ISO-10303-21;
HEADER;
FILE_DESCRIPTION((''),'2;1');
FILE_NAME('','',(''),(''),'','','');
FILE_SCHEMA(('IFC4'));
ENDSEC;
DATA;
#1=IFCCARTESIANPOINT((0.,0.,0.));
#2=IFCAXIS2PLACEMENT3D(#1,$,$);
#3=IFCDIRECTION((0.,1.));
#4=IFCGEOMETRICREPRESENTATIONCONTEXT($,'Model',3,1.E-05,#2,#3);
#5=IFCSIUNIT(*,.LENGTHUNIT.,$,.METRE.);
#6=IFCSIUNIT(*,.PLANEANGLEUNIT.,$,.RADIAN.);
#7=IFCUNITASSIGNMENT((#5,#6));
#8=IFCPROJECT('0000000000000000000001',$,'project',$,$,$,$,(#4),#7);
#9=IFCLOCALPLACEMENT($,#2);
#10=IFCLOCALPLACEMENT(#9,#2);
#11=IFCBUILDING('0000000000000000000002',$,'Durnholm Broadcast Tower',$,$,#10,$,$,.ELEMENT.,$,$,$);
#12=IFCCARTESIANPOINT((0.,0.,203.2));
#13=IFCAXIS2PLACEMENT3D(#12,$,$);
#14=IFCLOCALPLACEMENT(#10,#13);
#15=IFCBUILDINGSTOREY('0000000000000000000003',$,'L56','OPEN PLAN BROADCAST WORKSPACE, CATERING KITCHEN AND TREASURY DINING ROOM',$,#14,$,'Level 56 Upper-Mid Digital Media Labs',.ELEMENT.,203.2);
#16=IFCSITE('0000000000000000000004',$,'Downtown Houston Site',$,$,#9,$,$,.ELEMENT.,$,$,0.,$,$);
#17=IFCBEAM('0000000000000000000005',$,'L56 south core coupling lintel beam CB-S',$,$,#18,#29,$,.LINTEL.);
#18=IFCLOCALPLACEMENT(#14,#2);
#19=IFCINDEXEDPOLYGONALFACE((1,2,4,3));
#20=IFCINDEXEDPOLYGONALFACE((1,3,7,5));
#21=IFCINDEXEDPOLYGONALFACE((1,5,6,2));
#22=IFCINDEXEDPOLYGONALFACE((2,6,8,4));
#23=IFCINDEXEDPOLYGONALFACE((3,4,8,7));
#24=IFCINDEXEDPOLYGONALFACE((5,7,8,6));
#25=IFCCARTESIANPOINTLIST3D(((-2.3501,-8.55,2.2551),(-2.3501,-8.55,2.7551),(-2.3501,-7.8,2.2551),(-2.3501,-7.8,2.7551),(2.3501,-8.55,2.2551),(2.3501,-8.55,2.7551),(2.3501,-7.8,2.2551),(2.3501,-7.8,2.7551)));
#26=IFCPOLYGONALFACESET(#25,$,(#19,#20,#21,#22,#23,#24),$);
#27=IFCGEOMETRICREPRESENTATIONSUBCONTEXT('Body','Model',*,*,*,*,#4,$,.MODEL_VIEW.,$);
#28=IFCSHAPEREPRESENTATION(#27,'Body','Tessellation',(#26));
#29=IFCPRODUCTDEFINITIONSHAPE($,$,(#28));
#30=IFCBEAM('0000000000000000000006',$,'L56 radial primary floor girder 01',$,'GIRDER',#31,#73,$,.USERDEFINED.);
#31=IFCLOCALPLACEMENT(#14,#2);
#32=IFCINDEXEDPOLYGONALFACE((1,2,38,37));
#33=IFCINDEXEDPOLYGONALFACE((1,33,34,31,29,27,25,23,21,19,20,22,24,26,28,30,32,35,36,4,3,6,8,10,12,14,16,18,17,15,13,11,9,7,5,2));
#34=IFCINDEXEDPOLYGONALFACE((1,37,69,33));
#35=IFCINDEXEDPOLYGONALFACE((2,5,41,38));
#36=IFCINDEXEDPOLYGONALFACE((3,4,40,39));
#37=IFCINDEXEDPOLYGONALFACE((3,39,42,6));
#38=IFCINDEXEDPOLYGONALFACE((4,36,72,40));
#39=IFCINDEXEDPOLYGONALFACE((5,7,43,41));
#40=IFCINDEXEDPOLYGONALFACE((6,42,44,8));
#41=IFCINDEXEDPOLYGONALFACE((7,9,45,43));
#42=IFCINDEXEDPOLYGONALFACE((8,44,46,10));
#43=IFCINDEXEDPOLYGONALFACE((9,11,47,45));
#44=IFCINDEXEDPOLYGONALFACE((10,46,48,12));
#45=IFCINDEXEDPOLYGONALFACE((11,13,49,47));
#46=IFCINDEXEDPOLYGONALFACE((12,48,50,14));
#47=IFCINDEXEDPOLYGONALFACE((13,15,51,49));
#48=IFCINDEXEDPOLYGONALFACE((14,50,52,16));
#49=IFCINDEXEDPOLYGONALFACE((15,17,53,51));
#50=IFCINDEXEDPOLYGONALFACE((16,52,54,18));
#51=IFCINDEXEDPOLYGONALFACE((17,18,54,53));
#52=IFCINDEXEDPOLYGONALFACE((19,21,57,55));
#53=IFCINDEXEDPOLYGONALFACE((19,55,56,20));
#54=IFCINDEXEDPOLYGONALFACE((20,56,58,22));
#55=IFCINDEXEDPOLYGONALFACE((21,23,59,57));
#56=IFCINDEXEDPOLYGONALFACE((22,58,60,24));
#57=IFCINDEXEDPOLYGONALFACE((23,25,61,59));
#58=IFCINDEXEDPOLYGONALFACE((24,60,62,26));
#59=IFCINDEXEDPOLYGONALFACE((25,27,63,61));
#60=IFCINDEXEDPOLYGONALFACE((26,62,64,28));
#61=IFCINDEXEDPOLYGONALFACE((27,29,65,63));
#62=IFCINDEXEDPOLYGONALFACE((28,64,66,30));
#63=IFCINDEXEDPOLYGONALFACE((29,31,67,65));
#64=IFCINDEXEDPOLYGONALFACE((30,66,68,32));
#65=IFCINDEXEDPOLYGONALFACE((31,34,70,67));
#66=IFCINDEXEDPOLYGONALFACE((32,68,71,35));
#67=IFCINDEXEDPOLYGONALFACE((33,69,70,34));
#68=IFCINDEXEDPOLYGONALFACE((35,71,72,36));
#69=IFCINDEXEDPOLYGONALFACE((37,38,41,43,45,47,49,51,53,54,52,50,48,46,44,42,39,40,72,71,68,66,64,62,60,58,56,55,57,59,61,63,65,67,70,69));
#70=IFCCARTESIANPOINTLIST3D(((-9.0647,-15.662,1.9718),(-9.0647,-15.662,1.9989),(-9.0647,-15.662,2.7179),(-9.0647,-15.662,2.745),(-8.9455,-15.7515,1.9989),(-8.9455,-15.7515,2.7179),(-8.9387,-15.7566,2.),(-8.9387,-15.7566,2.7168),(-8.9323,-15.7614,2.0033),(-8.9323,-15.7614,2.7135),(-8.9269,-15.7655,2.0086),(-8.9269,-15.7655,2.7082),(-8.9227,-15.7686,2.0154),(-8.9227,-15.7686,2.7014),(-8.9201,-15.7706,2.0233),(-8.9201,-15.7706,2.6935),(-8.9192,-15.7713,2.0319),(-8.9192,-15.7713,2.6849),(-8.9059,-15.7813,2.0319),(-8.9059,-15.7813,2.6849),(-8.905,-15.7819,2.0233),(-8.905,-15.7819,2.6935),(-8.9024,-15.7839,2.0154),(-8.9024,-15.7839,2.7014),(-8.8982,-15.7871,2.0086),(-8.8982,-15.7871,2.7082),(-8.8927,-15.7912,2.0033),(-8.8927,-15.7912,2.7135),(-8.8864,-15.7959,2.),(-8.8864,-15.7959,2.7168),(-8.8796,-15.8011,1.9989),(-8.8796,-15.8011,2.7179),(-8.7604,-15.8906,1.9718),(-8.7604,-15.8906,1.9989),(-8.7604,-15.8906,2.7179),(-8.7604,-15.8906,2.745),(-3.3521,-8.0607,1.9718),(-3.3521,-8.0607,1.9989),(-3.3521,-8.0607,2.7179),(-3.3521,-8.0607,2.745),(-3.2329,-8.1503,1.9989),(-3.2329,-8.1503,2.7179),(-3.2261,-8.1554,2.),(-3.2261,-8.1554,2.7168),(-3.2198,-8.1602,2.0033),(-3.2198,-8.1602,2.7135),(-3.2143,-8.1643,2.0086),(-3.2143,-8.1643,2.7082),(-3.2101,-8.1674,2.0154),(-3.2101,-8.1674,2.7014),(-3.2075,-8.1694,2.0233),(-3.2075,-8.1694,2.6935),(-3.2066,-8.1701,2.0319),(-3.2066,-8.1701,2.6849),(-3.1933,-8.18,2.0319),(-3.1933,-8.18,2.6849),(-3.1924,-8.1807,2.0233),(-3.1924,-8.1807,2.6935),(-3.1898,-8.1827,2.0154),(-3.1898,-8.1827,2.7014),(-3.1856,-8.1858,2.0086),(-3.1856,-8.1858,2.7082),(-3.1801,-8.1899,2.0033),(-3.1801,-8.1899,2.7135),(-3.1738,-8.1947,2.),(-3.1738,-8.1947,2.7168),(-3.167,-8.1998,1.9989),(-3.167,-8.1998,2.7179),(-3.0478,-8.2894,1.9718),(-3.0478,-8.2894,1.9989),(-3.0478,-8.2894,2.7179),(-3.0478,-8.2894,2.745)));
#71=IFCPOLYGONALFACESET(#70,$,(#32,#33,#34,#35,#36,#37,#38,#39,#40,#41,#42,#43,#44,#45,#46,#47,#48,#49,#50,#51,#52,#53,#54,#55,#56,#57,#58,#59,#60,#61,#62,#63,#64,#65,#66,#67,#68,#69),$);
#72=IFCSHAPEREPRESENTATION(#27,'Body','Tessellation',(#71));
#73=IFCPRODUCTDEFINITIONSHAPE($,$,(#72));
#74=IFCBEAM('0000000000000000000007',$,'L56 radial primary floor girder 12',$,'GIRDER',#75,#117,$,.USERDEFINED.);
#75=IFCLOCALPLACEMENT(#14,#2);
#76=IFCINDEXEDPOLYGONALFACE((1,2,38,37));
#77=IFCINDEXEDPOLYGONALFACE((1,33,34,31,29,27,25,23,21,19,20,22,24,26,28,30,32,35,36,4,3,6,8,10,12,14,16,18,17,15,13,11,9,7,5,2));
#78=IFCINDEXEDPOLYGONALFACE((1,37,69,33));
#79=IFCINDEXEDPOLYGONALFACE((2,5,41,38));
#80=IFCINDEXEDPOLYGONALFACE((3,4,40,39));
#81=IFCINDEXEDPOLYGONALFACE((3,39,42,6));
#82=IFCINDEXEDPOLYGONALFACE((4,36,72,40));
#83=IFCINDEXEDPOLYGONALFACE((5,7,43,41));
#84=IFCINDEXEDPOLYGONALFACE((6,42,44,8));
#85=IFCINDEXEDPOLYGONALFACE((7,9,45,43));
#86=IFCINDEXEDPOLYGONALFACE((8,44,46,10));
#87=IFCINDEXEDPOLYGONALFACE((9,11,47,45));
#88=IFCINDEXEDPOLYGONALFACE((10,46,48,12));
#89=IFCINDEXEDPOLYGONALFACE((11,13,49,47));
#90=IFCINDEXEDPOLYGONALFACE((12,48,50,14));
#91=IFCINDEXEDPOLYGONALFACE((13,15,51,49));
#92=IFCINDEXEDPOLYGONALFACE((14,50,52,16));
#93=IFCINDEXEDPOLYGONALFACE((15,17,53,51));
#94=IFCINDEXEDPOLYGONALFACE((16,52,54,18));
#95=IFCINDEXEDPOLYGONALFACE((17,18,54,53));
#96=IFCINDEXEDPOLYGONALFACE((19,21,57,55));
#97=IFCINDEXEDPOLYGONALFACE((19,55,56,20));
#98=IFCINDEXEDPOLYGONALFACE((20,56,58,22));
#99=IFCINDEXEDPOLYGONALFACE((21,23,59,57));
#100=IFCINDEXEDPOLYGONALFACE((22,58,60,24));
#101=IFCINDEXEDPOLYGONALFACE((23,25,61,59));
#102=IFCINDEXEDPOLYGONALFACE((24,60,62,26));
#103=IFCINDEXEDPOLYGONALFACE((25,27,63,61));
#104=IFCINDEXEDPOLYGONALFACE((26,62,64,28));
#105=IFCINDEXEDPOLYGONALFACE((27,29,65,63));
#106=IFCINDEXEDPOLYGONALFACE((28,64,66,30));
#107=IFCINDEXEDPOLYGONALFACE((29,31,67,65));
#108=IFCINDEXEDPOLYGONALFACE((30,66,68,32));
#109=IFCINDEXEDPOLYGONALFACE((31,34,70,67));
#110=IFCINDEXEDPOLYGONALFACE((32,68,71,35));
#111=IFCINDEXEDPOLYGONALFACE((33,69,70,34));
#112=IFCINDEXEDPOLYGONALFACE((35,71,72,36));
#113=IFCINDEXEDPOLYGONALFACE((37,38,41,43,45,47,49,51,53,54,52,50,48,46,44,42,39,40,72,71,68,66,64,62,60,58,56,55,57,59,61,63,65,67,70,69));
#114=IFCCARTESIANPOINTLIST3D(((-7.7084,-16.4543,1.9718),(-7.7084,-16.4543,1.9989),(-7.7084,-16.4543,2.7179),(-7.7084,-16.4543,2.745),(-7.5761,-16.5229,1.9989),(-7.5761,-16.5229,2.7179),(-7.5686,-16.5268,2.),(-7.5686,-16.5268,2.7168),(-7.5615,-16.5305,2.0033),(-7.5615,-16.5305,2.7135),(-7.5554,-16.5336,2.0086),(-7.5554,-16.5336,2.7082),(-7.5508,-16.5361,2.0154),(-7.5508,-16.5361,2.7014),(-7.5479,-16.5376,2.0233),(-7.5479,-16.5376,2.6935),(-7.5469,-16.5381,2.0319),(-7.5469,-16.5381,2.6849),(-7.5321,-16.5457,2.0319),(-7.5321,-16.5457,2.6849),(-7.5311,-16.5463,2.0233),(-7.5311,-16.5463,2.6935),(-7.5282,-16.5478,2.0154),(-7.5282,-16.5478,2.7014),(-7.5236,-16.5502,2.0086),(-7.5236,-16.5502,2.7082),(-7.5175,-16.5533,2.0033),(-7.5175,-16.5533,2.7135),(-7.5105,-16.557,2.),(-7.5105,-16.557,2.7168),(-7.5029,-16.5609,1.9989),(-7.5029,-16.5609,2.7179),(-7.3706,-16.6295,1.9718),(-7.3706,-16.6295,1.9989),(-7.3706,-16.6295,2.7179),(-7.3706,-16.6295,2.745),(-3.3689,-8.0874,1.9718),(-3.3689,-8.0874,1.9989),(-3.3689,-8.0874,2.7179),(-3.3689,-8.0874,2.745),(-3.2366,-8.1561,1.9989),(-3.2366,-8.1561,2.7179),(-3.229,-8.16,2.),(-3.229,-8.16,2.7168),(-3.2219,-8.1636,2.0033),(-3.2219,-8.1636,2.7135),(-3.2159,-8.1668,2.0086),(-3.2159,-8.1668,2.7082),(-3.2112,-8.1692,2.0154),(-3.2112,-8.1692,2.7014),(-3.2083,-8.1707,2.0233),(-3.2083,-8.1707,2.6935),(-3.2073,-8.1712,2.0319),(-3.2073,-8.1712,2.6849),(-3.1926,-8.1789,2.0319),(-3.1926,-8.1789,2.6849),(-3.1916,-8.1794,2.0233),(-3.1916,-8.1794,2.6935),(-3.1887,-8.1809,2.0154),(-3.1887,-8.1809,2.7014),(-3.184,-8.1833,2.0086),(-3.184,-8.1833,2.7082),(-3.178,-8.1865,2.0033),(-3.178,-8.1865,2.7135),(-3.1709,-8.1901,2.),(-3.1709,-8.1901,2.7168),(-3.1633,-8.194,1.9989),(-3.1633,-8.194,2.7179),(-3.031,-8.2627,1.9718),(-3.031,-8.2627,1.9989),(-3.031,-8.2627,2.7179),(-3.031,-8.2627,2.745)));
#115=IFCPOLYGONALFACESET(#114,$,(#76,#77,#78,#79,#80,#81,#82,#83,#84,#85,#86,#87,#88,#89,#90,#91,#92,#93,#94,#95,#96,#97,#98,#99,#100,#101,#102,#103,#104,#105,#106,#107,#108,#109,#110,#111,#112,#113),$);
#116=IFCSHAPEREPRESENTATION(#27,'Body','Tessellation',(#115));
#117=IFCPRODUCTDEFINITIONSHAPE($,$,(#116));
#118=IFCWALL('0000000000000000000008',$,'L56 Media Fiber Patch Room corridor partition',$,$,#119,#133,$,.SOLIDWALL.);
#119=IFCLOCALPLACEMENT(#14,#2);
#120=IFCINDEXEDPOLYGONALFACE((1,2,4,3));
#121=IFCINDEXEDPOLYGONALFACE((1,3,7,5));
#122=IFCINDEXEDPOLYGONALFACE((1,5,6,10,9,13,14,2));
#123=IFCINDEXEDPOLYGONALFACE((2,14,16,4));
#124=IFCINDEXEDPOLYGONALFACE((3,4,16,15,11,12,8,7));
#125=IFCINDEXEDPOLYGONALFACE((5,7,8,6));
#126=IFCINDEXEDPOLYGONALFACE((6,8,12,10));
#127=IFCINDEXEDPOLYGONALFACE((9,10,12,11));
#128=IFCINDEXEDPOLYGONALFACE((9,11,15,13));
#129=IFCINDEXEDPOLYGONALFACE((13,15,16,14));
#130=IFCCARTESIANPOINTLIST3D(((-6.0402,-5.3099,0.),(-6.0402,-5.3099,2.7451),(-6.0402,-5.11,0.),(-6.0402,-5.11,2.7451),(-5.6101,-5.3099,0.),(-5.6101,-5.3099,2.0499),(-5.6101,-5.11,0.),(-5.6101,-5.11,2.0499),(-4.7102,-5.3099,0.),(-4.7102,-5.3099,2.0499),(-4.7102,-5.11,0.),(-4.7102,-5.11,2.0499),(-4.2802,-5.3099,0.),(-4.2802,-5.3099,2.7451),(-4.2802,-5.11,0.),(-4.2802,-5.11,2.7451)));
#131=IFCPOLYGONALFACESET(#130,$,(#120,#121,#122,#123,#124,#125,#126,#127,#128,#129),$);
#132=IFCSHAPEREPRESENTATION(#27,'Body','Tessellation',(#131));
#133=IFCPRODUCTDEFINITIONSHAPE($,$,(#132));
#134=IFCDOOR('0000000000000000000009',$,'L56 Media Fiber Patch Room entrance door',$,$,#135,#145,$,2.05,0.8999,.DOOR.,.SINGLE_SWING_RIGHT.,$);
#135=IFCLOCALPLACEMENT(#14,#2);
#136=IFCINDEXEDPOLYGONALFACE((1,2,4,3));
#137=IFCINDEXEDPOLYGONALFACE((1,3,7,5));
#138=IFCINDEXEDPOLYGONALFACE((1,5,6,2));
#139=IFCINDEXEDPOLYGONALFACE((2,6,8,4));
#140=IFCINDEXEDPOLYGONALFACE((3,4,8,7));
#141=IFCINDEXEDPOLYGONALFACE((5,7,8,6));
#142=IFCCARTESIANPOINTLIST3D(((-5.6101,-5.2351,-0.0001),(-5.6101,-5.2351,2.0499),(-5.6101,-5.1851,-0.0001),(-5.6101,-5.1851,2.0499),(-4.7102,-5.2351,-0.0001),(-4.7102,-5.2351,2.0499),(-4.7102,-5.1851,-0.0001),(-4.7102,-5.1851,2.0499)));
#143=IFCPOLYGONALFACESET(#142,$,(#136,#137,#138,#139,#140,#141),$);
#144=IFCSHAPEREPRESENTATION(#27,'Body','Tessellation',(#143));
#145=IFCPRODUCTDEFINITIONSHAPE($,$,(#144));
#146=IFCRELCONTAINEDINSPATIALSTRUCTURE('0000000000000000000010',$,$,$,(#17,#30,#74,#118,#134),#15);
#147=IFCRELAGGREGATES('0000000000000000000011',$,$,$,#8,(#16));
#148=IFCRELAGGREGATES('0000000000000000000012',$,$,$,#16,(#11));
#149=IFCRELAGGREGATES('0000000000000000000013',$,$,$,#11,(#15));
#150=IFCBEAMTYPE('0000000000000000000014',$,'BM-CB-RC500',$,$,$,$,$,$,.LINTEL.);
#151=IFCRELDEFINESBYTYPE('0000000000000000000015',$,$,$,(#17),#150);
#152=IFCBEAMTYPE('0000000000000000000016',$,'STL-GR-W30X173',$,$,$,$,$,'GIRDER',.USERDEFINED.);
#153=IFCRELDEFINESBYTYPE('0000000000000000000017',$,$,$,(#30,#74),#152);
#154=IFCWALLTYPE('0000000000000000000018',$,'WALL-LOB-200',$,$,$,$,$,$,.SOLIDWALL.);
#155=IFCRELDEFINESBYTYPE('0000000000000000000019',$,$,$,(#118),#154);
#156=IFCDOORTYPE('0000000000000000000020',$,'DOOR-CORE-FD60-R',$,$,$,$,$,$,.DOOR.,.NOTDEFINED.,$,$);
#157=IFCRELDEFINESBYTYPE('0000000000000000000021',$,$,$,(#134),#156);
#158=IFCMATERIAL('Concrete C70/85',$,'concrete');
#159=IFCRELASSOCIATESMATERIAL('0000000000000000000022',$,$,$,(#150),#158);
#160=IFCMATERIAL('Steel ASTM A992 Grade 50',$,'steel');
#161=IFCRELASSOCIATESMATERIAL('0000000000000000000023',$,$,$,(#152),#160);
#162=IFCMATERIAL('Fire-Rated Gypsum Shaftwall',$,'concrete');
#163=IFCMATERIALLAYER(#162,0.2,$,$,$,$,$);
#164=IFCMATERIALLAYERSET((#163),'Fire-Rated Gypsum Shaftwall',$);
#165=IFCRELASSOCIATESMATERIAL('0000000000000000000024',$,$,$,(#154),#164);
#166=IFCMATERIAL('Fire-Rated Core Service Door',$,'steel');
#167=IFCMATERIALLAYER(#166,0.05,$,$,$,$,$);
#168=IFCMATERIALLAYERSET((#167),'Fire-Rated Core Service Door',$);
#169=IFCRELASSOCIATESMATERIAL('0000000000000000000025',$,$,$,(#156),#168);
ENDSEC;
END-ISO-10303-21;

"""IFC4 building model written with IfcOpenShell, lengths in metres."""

from ifc_helpers import new_model, si_unit, direction, frame, frame_2d, origin, origin_2d, place, context, subcontext, project, spatial, rectangle, i_section, extrude, source, transform, mapped, material, layer, layer_set, material_profile, profile_set, type_object, type_shapes, element, fill, save


model = new_model("IFC4")

# Units and contexts
model_context = context("Model", 3, precision=1e-05, world=origin(), true_north=direction((0.0, 1.0)))
body_context = subcontext(model_context, "Body", "Model", "MODEL_VIEW")
ifc_project = project(units=[si_unit("LENGTHUNIT", "METRE"), si_unit("PLANEANGLEUNIT", "RADIAN")], contexts=[model_context])

# Site, building, storey
site_placement = place(None, origin())
site = spatial("IfcSite", under=ifc_project, at=site_placement, Name="Downtown Houston Site", CompositionType="ELEMENT", RefElevation=0.0)
building_placement = place(site_placement, origin())
building = spatial("IfcBuilding", under=site, at=building_placement, Name="Durnholm Broadcast Tower", CompositionType="ELEMENT")
storey_placement = place(building_placement, frame((0.0, 0.0, 203.2)))
storey = spatial("IfcBuildingStorey", under=building, at=storey_placement, Name="L56", Description="OPEN PLAN BROADCAST WORKSPACE, CATERING KITCHEN AND TREASURY DINING ROOM", LongName="Level 56 Upper-Mid Digital Media Labs", CompositionType="ELEMENT", Elevation=203.2)

# Beams
ifc_material_1 = material(Name="Concrete C70/85", Category="concrete")
ifc_material_profile_1 = material_profile(ifc_material_1, rectangle(XDim=0.75, YDim=0.5, at=origin_2d()), Name="RC750X500")
ifc_profile_set_1 = profile_set([ifc_material_profile_1], Name="Concrete C70/85")
beam_type_1 = type_object("IfcBeamType", Name="BM-CB-RC500", PredefinedType="LINTEL", material=ifc_profile_set_1)
shared_shape_1 = source(origin(), body_context, "Body", "SweptSolid", [
    extrude(rectangle(XDim=0.75, YDim=0.5, at=origin_2d()), origin(), (0.0, 0.0, 1.0), 4.7002),
])
type_shapes(beam_type_1, [shared_shape_1])
beam_1_placement = place(storey_placement, frame((-2.3501, -8.175, 2.5051), z_axis=(1.0, 0.0, 0.0), x_axis=(0.0, 1.0, 0.0)))
element("IfcBeam", 1, at=beam_1_placement, inside=storey, type_object=beam_type_1, Name="L56 south core coupling lintel beam CB-S", PredefinedType="LINTEL", context=body_context, shape_type="MappedRepresentation", body=[
    mapped(shared_shape_1, transform((0.0, 0.0, 0.0), x_axis=(1.0, 0.0, 0.0), y_axis=(0.0, 1.0, 0.0), z_axis=(0.0, 0.0, 1.0), scale=1.0)),
])
ifc_material_2 = material(Name="Steel ASTM A992 Grade 50", Category="steel")
ifc_material_profile_2 = material_profile(ifc_material_2, i_section(OverallWidth=0.3806, OverallDepth=0.7732, WebThickness=0.0166, FlangeThickness=0.0271, FilletRadius=0.033, at=origin_2d()), Name="W30X173")
ifc_profile_set_2 = profile_set([ifc_material_profile_2], Name="Steel ASTM A992 Grade 50")
beam_type_2 = type_object("IfcBeamType", Name="STL-GR-W30X173", ElementType="GIRDER", PredefinedType="USERDEFINED", material=ifc_profile_set_2)
shared_shape_2 = source(origin(), body_context, "Body", "SweptSolid", [
    extrude(i_section(OverallWidth=0.3806, OverallDepth=0.7732, WebThickness=0.0166, FlangeThickness=0.0271, FilletRadius=0.033, at=origin_2d()), origin(), (0.0, 0.0, 1.0), 9.5085),
])
beam_2_placement = place(storey_placement, frame((-3.2, -8.175, 2.3584), z_axis=(-0.600784, -0.799411, 0.0), x_axis=(0.799411, -0.600784, 0.0)))
element("IfcBeam", 2, at=beam_2_placement, inside=storey, type_object=beam_type_2, Name="L56 radial primary floor girder 01", ObjectType="GIRDER", PredefinedType="USERDEFINED", context=body_context, shape_type="MappedRepresentation", body=[
    mapped(shared_shape_2, transform((0.0, 0.0, 0.0), x_axis=(1.0, 0.0, 0.0), y_axis=(0.0, 1.0, 0.0), z_axis=(0.0, 0.0, 1.0), scale=1.0)),
])
shared_shape_3 = source(origin(), body_context, "Body", "SweptSolid", [
    extrude(i_section(OverallWidth=0.3806, OverallDepth=0.7732, WebThickness=0.0166, FlangeThickness=0.0271, FilletRadius=0.033, at=origin_2d()), origin(), (0.0, 0.0, 1.0), 9.4253),
])
type_shapes(beam_type_2, [shared_shape_2, shared_shape_3])
beam_3_placement = place(storey_placement, frame((-3.2, -8.175, 2.3584), z_axis=(-0.460416, -0.887703, 0.0), x_axis=(0.887703, -0.460416, 0.0)))
element("IfcBeam", 3, at=beam_3_placement, inside=storey, type_object=beam_type_2, Name="L56 radial primary floor girder 12", ObjectType="GIRDER", PredefinedType="USERDEFINED", context=body_context, shape_type="MappedRepresentation", body=[
    mapped(shared_shape_3, transform((0.0, 0.0, 0.0), x_axis=(1.0, 0.0, 0.0), y_axis=(0.0, 1.0, 0.0), z_axis=(0.0, 0.0, 1.0), scale=1.0)),
])

# Wall, opening, door
ifc_material_3 = material(Name="Fire-Rated Gypsum Shaftwall", Category="concrete")
ifc_layer_1 = layer(ifc_material_3, 0.2)
ifc_layer_set_1 = layer_set([ifc_layer_1], Name="Fire-Rated Gypsum Shaftwall")
wall_type_1 = type_object("IfcWallType", Name="WALL-LOB-200", PredefinedType="SOLIDWALL", material=ifc_layer_set_1)
wall_1_placement = place(storey_placement, frame((-6.04, -5.21, 0.0), z_axis=(0.0, 0.0, 1.0), x_axis=(1.0, 0.0, 0.0)))
wall_1 = element("IfcWall", 4, at=wall_1_placement, inside=storey, type_object=wall_type_1, Name="L56 Media Fiber Patch Room corridor partition", PredefinedType="SOLIDWALL", context=body_context, shape_type="SweptSolid", body=[
    extrude(rectangle(XDim=1.76, YDim=0.2, at=frame_2d((0.8799, 0.0))), origin(), (0.0, 0.0, 1.0), 2.7451),
])
opening_1_placement = place(wall_1_placement, frame((0.4299, 0.0, 0.0)))
opening_1 = element("IfcOpeningElement", 5, at=opening_1_placement, cuts=wall_1, PredefinedType="OPENING", context=body_context, shape_type="SweptSolid", body=[
    extrude(rectangle(XDim=0.8999, YDim=2.05, at=frame_2d((0.45, 1.0249))), frame((0.0, 0.1099, 0.0), z_axis=(0.0, -1.0, 0.0), x_axis=(1.0, 0.0, 0.0)), (0.0, 0.0, 1.0), 0.22),
])
ifc_material_4 = material(Name="Fire-Rated Core Service Door", Category="steel")
ifc_layer_2 = layer(ifc_material_4, 0.05)
ifc_layer_set_2 = layer_set([ifc_layer_2], Name="Fire-Rated Core Service Door")
door_type_1 = type_object("IfcDoorType", Name="DOOR-CORE-FD60-R", OperationType="NOTDEFINED", PredefinedType="DOOR", material=ifc_layer_set_2)
shared_shape_4 = source(origin(), body_context, "Body", "SweptSolid", [
    extrude(rectangle(XDim=0.8999, YDim=2.05, at=frame_2d((0.45, 1.0249))), frame((0.0, 0.0249, 0.0), z_axis=(0.0, -1.0, 0.0), x_axis=(1.0, 0.0, 0.0)), (0.0, 0.0, 1.0), 0.05),
])
type_shapes(door_type_1, [shared_shape_4])
door_1_placement = place(opening_1_placement, origin())
door_1 = element("IfcDoor", 6, at=door_1_placement, inside=storey, type_object=door_type_1, Name="L56 Media Fiber Patch Room entrance door", OperationType="SINGLE_SWING_RIGHT", OverallHeight=2.05, OverallWidth=0.8999, PredefinedType="DOOR", context=body_context, shape_type="MappedRepresentation", body=[
    mapped(shared_shape_4, transform((0.0, 0.0, 0.0), x_axis=(1.0, 0.0, 0.0), y_axis=(0.0, 1.0, 0.0), z_axis=(0.0, 0.0, 1.0), scale=1.0)),
])
fill(opening_1, door_1)

save(model, "model.ifc")
